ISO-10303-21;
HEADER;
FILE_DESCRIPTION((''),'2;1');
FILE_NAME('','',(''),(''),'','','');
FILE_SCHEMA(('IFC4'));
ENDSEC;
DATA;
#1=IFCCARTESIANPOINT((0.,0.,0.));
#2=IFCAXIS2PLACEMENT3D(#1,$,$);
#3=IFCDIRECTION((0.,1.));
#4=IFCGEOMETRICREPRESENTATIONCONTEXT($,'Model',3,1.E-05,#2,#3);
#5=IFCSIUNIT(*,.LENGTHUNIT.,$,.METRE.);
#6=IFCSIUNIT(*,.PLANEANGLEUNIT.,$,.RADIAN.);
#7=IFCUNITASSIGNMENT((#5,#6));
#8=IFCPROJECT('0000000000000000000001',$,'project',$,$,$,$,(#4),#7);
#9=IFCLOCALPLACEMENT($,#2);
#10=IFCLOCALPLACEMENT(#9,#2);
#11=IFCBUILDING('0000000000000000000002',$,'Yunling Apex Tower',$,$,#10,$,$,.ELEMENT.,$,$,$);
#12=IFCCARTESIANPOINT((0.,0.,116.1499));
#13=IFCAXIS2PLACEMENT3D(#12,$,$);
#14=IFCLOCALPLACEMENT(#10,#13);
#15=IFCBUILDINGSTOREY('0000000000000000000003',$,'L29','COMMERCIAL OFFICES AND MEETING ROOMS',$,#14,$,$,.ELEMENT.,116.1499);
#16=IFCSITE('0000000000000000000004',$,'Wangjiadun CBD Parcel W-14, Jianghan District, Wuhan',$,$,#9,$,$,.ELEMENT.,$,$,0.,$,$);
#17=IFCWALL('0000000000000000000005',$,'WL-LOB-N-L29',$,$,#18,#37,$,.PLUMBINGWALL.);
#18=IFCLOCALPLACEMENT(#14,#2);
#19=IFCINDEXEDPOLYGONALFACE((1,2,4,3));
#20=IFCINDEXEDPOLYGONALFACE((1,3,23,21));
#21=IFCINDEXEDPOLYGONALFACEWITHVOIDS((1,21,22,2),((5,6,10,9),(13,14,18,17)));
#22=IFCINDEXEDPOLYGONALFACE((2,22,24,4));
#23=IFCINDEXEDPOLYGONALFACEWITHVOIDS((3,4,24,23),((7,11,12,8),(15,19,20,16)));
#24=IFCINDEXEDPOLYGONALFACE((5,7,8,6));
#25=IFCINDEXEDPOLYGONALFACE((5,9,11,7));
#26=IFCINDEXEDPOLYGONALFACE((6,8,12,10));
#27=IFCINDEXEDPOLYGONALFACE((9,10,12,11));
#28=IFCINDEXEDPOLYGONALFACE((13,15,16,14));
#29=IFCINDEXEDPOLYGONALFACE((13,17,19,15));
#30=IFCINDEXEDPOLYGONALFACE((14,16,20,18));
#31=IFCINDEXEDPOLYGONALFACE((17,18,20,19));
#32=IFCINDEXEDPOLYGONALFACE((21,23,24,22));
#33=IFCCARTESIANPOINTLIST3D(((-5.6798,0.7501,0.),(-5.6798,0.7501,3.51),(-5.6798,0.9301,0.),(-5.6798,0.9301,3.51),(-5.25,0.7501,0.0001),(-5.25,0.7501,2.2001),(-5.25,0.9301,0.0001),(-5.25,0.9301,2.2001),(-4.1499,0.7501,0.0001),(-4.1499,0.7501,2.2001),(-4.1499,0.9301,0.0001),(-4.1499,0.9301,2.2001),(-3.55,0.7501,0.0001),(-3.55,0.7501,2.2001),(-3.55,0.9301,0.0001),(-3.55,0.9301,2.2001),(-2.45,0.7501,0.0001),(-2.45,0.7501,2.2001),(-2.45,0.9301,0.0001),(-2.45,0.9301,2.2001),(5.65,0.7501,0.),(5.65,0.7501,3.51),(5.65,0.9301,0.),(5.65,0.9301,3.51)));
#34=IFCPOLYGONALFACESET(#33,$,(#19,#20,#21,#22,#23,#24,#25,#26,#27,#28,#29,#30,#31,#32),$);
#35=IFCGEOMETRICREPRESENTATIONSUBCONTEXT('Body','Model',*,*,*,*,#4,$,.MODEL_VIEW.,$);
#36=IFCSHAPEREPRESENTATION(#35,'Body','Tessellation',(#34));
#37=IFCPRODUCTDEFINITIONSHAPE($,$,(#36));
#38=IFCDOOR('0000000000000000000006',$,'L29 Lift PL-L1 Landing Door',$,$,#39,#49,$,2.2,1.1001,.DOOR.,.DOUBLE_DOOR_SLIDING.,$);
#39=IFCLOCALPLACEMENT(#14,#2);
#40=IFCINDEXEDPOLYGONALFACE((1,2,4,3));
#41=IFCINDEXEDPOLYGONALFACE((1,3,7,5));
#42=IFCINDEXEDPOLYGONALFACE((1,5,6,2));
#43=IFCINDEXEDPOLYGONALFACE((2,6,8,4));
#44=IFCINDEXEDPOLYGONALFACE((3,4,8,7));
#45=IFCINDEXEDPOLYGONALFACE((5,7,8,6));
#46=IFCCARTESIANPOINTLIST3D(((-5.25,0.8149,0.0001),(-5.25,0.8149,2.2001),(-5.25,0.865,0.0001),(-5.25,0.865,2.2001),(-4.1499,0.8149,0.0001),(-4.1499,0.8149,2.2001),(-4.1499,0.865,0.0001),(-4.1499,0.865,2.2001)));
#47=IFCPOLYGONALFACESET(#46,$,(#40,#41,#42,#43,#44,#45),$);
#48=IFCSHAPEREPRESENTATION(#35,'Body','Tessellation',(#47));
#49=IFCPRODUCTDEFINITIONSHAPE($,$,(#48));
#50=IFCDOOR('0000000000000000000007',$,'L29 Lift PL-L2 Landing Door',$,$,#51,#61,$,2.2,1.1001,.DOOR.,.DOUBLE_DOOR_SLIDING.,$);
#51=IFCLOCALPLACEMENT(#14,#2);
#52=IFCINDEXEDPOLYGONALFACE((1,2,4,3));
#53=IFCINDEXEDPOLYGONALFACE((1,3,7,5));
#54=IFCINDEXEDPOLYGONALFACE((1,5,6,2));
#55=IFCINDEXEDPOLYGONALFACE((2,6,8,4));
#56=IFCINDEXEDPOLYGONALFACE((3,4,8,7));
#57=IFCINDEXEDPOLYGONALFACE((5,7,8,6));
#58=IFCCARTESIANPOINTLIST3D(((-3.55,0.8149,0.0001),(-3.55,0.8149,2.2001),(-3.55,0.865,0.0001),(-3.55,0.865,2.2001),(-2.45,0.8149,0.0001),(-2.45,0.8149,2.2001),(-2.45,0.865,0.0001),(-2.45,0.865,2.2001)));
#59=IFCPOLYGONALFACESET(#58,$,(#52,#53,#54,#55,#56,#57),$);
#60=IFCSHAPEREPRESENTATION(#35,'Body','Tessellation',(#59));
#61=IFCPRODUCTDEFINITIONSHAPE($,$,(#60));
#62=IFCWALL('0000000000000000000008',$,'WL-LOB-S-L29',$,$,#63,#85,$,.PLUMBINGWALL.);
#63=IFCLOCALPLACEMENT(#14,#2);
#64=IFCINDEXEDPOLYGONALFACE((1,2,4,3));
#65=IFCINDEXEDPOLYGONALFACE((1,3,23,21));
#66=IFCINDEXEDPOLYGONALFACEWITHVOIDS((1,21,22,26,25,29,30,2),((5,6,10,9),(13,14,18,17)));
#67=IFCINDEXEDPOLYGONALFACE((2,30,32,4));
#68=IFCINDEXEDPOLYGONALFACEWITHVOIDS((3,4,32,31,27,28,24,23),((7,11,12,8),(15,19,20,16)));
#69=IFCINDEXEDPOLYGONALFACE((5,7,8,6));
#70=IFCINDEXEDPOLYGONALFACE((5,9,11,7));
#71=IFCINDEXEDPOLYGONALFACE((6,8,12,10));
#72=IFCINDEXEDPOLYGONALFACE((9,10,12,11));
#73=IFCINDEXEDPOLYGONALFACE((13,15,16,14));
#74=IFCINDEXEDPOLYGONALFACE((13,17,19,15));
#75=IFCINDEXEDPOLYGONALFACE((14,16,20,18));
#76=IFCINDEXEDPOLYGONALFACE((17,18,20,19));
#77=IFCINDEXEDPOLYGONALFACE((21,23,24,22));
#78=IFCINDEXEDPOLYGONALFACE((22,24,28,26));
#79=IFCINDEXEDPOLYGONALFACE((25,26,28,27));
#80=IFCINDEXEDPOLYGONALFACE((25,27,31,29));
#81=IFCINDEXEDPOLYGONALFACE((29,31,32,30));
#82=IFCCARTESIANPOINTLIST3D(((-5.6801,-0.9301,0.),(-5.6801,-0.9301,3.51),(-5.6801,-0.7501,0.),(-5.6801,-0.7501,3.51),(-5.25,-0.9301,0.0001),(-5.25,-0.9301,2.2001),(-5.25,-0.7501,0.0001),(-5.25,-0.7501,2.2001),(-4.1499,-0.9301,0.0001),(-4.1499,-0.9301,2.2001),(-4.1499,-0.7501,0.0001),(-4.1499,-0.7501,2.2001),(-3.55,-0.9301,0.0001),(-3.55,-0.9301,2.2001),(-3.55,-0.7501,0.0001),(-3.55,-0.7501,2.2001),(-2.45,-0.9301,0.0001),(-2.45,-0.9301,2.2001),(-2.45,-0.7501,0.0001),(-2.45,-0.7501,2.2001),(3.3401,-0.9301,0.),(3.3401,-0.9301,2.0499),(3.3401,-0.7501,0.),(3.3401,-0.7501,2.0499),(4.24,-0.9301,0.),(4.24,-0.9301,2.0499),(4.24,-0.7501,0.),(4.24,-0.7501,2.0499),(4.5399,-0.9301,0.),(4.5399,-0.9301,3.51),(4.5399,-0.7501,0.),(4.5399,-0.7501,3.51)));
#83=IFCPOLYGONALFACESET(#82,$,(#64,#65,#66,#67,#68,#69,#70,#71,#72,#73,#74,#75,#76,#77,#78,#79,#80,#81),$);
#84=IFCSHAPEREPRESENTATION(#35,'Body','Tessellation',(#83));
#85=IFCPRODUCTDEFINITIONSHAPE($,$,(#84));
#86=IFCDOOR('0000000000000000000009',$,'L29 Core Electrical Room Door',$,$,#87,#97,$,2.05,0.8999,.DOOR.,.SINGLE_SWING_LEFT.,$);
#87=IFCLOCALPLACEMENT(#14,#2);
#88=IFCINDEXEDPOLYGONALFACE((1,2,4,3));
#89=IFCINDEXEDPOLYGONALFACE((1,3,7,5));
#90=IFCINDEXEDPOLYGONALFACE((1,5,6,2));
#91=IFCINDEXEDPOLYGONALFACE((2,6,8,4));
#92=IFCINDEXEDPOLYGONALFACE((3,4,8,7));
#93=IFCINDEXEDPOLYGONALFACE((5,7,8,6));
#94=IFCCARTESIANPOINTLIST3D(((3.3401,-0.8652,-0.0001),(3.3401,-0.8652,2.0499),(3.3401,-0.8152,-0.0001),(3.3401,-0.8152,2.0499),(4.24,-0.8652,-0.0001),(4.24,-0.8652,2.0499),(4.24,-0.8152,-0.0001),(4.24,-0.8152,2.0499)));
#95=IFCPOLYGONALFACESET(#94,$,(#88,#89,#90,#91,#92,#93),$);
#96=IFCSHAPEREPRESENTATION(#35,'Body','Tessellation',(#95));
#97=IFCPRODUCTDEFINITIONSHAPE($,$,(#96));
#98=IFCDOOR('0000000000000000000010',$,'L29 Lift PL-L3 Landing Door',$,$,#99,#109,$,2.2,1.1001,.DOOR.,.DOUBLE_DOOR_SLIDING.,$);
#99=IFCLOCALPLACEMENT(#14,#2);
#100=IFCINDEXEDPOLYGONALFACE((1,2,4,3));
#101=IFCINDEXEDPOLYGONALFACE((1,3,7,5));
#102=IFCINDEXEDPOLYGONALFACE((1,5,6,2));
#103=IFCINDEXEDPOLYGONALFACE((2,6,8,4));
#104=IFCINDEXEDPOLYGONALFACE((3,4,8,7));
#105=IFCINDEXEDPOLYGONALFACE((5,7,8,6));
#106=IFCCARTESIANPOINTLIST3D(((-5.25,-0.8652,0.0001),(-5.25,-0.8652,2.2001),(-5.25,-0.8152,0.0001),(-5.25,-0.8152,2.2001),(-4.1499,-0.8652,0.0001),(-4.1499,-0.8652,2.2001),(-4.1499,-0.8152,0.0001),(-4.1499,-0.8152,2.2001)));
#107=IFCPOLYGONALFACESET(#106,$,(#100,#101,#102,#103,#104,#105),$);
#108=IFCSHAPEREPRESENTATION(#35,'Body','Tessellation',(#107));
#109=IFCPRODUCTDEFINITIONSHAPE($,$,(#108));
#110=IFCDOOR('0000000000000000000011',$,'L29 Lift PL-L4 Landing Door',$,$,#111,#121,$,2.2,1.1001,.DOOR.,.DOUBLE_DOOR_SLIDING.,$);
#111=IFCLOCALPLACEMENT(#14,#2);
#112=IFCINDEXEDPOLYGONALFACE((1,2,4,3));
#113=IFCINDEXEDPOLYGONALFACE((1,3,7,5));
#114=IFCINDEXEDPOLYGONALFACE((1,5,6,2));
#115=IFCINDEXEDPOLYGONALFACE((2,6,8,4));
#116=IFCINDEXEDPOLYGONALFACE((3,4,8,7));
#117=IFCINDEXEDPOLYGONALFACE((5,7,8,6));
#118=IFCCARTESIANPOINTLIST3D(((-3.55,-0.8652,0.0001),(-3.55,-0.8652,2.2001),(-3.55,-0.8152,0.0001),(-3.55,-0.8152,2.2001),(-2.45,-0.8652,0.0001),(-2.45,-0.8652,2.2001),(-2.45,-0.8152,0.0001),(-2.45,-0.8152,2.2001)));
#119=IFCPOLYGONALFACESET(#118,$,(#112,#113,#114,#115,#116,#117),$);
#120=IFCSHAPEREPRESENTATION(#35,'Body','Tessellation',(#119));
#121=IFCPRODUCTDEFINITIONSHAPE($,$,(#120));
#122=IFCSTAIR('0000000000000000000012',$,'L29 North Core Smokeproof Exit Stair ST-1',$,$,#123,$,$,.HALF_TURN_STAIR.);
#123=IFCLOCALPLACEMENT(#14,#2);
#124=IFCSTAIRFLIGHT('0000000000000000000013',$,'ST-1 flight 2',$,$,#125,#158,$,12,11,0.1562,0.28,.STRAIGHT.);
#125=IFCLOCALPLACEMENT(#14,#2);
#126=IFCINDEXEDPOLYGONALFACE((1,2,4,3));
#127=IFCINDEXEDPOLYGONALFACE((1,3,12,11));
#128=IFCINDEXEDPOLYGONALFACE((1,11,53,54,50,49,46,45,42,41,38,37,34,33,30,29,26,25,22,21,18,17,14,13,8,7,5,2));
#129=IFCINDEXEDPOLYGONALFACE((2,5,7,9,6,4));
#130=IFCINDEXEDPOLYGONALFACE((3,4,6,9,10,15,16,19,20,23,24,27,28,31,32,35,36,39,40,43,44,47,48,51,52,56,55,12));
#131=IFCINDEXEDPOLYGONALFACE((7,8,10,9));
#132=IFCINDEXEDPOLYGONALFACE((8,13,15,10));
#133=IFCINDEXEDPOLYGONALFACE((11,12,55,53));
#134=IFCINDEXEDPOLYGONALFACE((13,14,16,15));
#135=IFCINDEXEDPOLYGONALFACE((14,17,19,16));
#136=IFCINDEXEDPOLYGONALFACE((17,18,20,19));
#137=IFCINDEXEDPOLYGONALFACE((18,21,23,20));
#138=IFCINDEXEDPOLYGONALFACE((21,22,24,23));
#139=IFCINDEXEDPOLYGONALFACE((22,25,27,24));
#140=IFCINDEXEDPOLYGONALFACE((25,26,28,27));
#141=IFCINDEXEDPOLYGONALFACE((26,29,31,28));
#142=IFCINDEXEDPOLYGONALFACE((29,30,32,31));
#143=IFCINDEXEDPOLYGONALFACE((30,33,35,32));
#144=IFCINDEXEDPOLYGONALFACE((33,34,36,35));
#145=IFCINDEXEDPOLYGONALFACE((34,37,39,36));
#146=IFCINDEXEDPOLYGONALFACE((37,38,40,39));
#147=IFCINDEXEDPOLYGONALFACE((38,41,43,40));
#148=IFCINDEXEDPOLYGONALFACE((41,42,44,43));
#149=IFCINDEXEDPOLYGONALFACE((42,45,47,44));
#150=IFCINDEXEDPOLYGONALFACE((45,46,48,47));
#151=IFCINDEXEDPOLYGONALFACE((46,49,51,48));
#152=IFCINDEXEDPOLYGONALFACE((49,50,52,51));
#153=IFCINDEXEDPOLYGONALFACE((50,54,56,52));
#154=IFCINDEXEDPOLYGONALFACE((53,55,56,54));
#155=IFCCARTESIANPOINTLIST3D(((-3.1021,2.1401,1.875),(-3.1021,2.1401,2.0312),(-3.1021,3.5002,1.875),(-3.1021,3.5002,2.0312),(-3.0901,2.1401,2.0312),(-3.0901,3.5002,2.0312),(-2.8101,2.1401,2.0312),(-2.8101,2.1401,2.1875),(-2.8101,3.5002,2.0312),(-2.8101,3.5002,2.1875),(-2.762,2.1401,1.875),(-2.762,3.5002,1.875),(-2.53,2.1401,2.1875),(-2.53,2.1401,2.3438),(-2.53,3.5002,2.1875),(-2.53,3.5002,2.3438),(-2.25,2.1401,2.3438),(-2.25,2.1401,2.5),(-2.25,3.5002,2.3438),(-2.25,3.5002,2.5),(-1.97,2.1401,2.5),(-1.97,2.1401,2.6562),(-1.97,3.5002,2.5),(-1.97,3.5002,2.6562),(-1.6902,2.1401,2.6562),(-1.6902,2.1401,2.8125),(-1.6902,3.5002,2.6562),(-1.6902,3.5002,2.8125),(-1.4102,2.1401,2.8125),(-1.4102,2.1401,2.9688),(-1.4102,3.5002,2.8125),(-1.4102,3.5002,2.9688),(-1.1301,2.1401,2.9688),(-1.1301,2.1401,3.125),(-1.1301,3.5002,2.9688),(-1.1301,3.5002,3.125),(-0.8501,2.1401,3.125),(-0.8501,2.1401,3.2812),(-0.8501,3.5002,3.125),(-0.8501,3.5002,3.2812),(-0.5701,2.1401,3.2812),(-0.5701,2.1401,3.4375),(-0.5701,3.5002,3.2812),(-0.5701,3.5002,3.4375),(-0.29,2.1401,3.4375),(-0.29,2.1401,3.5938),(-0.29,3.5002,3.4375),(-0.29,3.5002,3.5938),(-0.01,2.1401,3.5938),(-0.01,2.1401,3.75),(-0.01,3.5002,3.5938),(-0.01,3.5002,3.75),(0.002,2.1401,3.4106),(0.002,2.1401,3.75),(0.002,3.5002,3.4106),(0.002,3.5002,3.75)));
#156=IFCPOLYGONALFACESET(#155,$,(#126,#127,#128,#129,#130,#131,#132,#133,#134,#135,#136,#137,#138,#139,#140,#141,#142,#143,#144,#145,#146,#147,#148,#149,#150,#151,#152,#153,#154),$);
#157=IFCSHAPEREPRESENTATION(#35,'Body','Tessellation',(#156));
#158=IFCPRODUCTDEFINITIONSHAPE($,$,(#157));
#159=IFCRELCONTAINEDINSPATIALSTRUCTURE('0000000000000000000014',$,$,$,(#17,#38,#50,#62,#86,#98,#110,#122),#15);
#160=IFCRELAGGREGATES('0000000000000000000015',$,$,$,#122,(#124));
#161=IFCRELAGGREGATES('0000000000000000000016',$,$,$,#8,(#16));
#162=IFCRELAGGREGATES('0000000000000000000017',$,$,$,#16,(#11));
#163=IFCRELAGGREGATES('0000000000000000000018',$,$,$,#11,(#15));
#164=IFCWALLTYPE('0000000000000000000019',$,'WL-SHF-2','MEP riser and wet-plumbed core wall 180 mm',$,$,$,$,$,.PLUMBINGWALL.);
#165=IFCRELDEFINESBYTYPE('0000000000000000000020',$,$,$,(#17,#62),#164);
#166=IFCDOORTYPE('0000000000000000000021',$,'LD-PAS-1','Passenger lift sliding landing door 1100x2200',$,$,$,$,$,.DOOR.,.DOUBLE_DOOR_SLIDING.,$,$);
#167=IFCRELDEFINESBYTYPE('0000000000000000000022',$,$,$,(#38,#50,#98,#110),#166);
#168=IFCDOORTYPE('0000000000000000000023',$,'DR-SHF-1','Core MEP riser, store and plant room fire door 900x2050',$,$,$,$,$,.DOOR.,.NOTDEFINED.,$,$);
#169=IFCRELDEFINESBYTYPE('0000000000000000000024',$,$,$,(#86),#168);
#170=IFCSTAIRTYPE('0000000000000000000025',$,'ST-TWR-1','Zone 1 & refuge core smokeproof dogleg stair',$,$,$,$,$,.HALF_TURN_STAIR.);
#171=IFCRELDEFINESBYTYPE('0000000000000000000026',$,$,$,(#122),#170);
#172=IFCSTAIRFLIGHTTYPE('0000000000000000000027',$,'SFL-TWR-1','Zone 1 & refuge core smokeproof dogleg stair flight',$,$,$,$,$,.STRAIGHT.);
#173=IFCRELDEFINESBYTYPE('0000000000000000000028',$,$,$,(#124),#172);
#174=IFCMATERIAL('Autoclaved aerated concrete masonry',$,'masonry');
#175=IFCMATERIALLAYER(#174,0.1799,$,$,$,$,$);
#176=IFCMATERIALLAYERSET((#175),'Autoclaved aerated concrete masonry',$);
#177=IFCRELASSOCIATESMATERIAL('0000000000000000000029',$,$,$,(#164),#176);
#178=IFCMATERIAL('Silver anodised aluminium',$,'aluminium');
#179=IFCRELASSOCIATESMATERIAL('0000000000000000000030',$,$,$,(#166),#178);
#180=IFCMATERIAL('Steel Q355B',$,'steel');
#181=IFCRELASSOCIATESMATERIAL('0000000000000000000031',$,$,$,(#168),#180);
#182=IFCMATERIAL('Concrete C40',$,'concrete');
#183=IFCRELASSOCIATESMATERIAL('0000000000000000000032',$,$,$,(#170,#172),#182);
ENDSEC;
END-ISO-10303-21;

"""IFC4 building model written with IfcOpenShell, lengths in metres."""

from ifc_helpers import new_model, si_unit, direction, frame, frame_2d, origin, place, context, subcontext, project, spatial, polyline, rectangle, outline, extrude, material, layer, layer_set, type_object, element, fill, aggregate, save


model = new_model("IFC4")

# Units and contexts
model_context = context("Model", 3, precision=1e-05, world=origin(), true_north=direction((0.0, 1.0)))
body_context = subcontext(model_context, "Body", "Model", "MODEL_VIEW")
ifc_project = project(units=[si_unit("LENGTHUNIT", "METRE"), si_unit("PLANEANGLEUNIT", "RADIAN")], contexts=[model_context])

# Site, building, storey
site_placement = place(None, origin())
site = spatial("IfcSite", under=ifc_project, at=site_placement, Name="Wangjiadun CBD Parcel W-14, Jianghan District, Wuhan", CompositionType="ELEMENT", RefElevation=0.0)
building_placement = place(site_placement, origin())
building = spatial("IfcBuilding", under=site, at=building_placement, Name="Yunling Apex Tower", CompositionType="ELEMENT")
storey_placement = place(building_placement, frame((0.0, 0.0, 116.1499)))
storey = spatial("IfcBuildingStorey", under=building, at=storey_placement, Name="L29", Description="COMMERCIAL OFFICES AND MEETING ROOMS", CompositionType="ELEMENT", Elevation=116.1499)

# Shared definitions
ifc_material_1 = material(Name="Steel Q355B", Category="steel")

# Shared definitions
ifc_material_2 = material(Name="Concrete C40", Category="concrete")
ifc_material_3 = material(Name="Autoclaved aerated concrete masonry", Category="masonry")
ifc_layer_1 = layer(ifc_material_3, 0.1799)
ifc_layer_set_1 = layer_set([ifc_layer_1], Name="Autoclaved aerated concrete masonry")
wall_type_1 = type_object("IfcWallType", Name="WL-SHF-2", Description="MEP riser and wet-plumbed core wall 180 mm", PredefinedType="PLUMBINGWALL", material=ifc_layer_set_1)

# Walls, openings, doors
wall_1_placement = place(storey_placement, frame((-5.6799, 0.8401, 0.0), z_axis=(0.0, 0.0, 1.0), x_axis=(1.0, 0.0, 0.0)))
wall_1 = element("IfcWall", 1, at=wall_1_placement, inside=storey, type_object=wall_type_1, Name="WL-LOB-N-L29", PredefinedType="PLUMBINGWALL", context=body_context, shape_type="SweptSolid", body=[
    extrude(rectangle(XDim=11.3298, YDim=0.1799, at=frame_2d((5.665, 0.0))), origin(), (0.0, 0.0, 1.0), 3.51),
])
opening_1_placement = place(wall_1_placement, frame((0.4299, 0.0, 0.0)))
opening_1 = element("IfcOpeningElement", 2, at=opening_1_placement, cuts=wall_1, PredefinedType="OPENING", context=body_context, shape_type="SweptSolid", body=[
    extrude(rectangle(XDim=1.1001, YDim=2.2, at=frame_2d((0.55, 1.1001))), frame((0.0, 0.1001, 0.0), z_axis=(0.0, -1.0, 0.0), x_axis=(1.0, 0.0, 0.0)), (0.0, 0.0, 1.0), 0.2),
])
opening_2_placement = place(wall_1_placement, frame((2.1299, 0.0, 0.0)))
opening_2 = element("IfcOpeningElement", 3, at=opening_2_placement, cuts=wall_1, PredefinedType="OPENING", context=body_context, shape_type="SweptSolid", body=[
    extrude(rectangle(XDim=1.1001, YDim=2.2, at=frame_2d((0.55, 1.1001))), frame((0.0, 0.1001, 0.0), z_axis=(0.0, -1.0, 0.0), x_axis=(1.0, 0.0, 0.0)), (0.0, 0.0, 1.0), 0.2),
])
ifc_material_4 = material(Name="Silver anodised aluminium", Category="aluminium")
door_type_1 = type_object("IfcDoorType", Name="LD-PAS-1", Description="Passenger lift sliding landing door 1100x2200", OperationType="DOUBLE_DOOR_SLIDING", PredefinedType="DOOR", material=ifc_material_4)
door_1_placement = place(opening_1_placement, origin())
door_1 = element("IfcDoor", 4, at=door_1_placement, inside=storey, type_object=door_type_1, Name="L29 Lift PL-L1 Landing Door", OperationType="DOUBLE_DOOR_SLIDING", OverallHeight=2.2, OverallWidth=1.1001, PredefinedType="DOOR", context=body_context, shape_type="SweptSolid", body=[
    extrude(rectangle(XDim=1.1001, YDim=2.2, at=frame_2d((0.55, 1.1001))), frame((0.0, 0.0249, 0.0), z_axis=(0.0, -1.0, 0.0), x_axis=(1.0, 0.0, 0.0)), (0.0, 0.0, 1.0), 0.05),
])
fill(opening_1, door_1)
door_2_placement = place(opening_2_placement, origin())
door_2 = element("IfcDoor", 5, at=door_2_placement, inside=storey, type_object=door_type_1, Name="L29 Lift PL-L2 Landing Door", OperationType="DOUBLE_DOOR_SLIDING", OverallHeight=2.2, OverallWidth=1.1001, PredefinedType="DOOR", context=body_context, shape_type="SweptSolid", body=[
    extrude(rectangle(XDim=1.1001, YDim=2.2, at=frame_2d((0.55, 1.1001))), frame((0.0, 0.0249, 0.0), z_axis=(0.0, -1.0, 0.0), x_axis=(1.0, 0.0, 0.0)), (0.0, 0.0, 1.0), 0.05),
])
fill(opening_2, door_2)
wall_2_placement = place(storey_placement, frame((-5.6799, -0.8401, 0.0), z_axis=(0.0, 0.0, 1.0), x_axis=(1.0, 0.0, 0.0)))
wall_2 = element("IfcWall", 6, at=wall_2_placement, inside=storey, type_object=wall_type_1, Name="WL-LOB-S-L29", PredefinedType="PLUMBINGWALL", context=body_context, shape_type="SweptSolid", body=[
    extrude(rectangle(XDim=10.22, YDim=0.1799, at=frame_2d((5.1099, 0.0))), origin(), (0.0, 0.0, 1.0), 3.51),
])
opening_3_placement = place(wall_2_placement, frame((0.4299, 0.0, 0.0)))
opening_3 = element("IfcOpeningElement", 7, at=opening_3_placement, cuts=wall_2, PredefinedType="OPENING", context=body_context, shape_type="SweptSolid", body=[
    extrude(rectangle(XDim=1.1001, YDim=2.2, at=frame_2d((0.55, 1.1001))), frame((0.0, 0.1001, 0.0), z_axis=(0.0, -1.0, 0.0), x_axis=(1.0, 0.0, 0.0)), (0.0, 0.0, 1.0), 0.2),
])
opening_4_placement = place(wall_2_placement, frame((2.1299, 0.0, 0.0)))
opening_4 = element("IfcOpeningElement", 8, at=opening_4_placement, cuts=wall_2, PredefinedType="OPENING", context=body_context, shape_type="SweptSolid", body=[
    extrude(rectangle(XDim=1.1001, YDim=2.2, at=frame_2d((0.55, 1.1001))), frame((0.0, 0.1001, 0.0), z_axis=(0.0, -1.0, 0.0), x_axis=(1.0, 0.0, 0.0)), (0.0, 0.0, 1.0), 0.2),
])
opening_5_placement = place(wall_2_placement, frame((9.02, 0.0, 0.0)))
opening_5 = element("IfcOpeningElement", 9, at=opening_5_placement, cuts=wall_2, PredefinedType="OPENING", context=body_context, shape_type="SweptSolid", body=[
    extrude(rectangle(XDim=0.8999, YDim=2.05, at=frame_2d((0.45, 1.0249))), frame((0.0, 0.1001, 0.0), z_axis=(0.0, -1.0, 0.0), x_axis=(1.0, 0.0, 0.0)), (0.0, 0.0, 1.0), 0.2),
])
door_type_2 = type_object("IfcDoorType", Name="DR-SHF-1", Description="Core MEP riser, store and plant room fire door 900x2050", OperationType="NOTDEFINED", PredefinedType="DOOR", material=ifc_material_1)
door_3_placement = place(opening_5_placement, origin())
door_3 = element("IfcDoor", 10, at=door_3_placement, inside=storey, type_object=door_type_2, Name="L29 Core Electrical Room Door", OperationType="SINGLE_SWING_LEFT", OverallHeight=2.05, OverallWidth=0.8999, PredefinedType="DOOR", context=body_context, shape_type="SweptSolid", body=[
    extrude(rectangle(XDim=0.8999, YDim=2.05, at=frame_2d((0.45, 1.0249))), frame((0.0, 0.0249, 0.0), z_axis=(0.0, -1.0, 0.0), x_axis=(1.0, 0.0, 0.0)), (0.0, 0.0, 1.0), 0.05),
])
fill(opening_5, door_3)
door_4_placement = place(opening_3_placement, origin())
door_4 = element("IfcDoor", 11, at=door_4_placement, inside=storey, type_object=door_type_1, Name="L29 Lift PL-L3 Landing Door", OperationType="DOUBLE_DOOR_SLIDING", OverallHeight=2.2, OverallWidth=1.1001, PredefinedType="DOOR", context=body_context, shape_type="SweptSolid", body=[
    extrude(rectangle(XDim=1.1001, YDim=2.2, at=frame_2d((0.55, 1.1001))), frame((0.0, 0.0249, 0.0), z_axis=(0.0, -1.0, 0.0), x_axis=(1.0, 0.0, 0.0)), (0.0, 0.0, 1.0), 0.05),
])
fill(opening_3, door_4)
door_5_placement = place(opening_4_placement, origin())
door_5 = element("IfcDoor", 12, at=door_5_placement, inside=storey, type_object=door_type_1, Name="L29 Lift PL-L4 Landing Door", OperationType="DOUBLE_DOOR_SLIDING", OverallHeight=2.2, OverallWidth=1.1001, PredefinedType="DOOR", context=body_context, shape_type="SweptSolid", body=[
    extrude(rectangle(XDim=1.1001, YDim=2.2, at=frame_2d((0.55, 1.1001))), frame((0.0, 0.0249, 0.0), z_axis=(0.0, -1.0, 0.0), x_axis=(1.0, 0.0, 0.0)), (0.0, 0.0, 1.0), 0.05),
])
fill(opening_4, door_5)

# Stair, stair flight
stair_type = type_object("IfcStairType", Name="ST-TWR-1", Description="Zone 1 & refuge core smokeproof dogleg stair", PredefinedType="HALF_TURN_STAIR", material=ifc_material_2)
stair_placement = place(storey_placement, origin())
stair = element("IfcStair", 13, at=stair_placement, inside=storey, type_object=stair_type, Name="L29 North Core Smokeproof Exit Stair ST-1", PredefinedType="HALF_TURN_STAIR")
stair_flight_type = type_object("IfcStairFlightType", Name="SFL-TWR-1", Description="Zone 1 & refuge core smokeproof dogleg stair flight", PredefinedType="STRAIGHT", material=ifc_material_2)
stair_flight_placement = place(storey_placement, frame((-3.0901, 2.8201, 1.875), z_axis=(0.0, 0.0, 1.0), x_axis=(1.0, 0.0, 0.0)))
stair_flight = element("IfcStairFlight", 14, at=stair_flight_placement, type_object=stair_flight_type, Name="ST-1 flight 2", NumberOfRisers=12, NumberOfTreads=11, PredefinedType="STRAIGHT", RiserHeight=0.1562, TreadLength=0.28, context=body_context, shape_type="SweptSolid", body=[
    extrude(outline(polyline([(-0.012, 0.0), (-0.012, 0.1562), (0.0, 0.1562), (0.28, 0.1562), (0.28, 0.3125), (0.5601, 0.3125), (0.5601, 0.4688), (0.8401, 0.4688), (0.8401, 0.625), (1.1201, 0.625), (1.1201, 0.7812), (1.3999, 0.7812), (1.3999, 0.9375), (1.6799, 0.9375), (1.6799, 1.0938), (1.96, 1.0938), (1.96, 1.25), (2.24, 1.25), (2.24, 1.4062), (2.52, 1.4062), (2.52, 1.5625), (2.8, 1.5625), (2.8, 1.7188), (3.0801, 1.7188), (3.0801, 1.875), (3.092, 1.875), (3.092, 1.5356), (0.3281, 0.0), (-0.012, 0.0)])), frame((0.0, 0.6802, 0.0), z_axis=(0.0, -1.0, 0.0), x_axis=(1.0, 0.0, 0.0)), (0.0, 0.0, 1.0), 1.3601),
])
aggregate(stair, [stair_flight])

save(model, "model.ifc")
